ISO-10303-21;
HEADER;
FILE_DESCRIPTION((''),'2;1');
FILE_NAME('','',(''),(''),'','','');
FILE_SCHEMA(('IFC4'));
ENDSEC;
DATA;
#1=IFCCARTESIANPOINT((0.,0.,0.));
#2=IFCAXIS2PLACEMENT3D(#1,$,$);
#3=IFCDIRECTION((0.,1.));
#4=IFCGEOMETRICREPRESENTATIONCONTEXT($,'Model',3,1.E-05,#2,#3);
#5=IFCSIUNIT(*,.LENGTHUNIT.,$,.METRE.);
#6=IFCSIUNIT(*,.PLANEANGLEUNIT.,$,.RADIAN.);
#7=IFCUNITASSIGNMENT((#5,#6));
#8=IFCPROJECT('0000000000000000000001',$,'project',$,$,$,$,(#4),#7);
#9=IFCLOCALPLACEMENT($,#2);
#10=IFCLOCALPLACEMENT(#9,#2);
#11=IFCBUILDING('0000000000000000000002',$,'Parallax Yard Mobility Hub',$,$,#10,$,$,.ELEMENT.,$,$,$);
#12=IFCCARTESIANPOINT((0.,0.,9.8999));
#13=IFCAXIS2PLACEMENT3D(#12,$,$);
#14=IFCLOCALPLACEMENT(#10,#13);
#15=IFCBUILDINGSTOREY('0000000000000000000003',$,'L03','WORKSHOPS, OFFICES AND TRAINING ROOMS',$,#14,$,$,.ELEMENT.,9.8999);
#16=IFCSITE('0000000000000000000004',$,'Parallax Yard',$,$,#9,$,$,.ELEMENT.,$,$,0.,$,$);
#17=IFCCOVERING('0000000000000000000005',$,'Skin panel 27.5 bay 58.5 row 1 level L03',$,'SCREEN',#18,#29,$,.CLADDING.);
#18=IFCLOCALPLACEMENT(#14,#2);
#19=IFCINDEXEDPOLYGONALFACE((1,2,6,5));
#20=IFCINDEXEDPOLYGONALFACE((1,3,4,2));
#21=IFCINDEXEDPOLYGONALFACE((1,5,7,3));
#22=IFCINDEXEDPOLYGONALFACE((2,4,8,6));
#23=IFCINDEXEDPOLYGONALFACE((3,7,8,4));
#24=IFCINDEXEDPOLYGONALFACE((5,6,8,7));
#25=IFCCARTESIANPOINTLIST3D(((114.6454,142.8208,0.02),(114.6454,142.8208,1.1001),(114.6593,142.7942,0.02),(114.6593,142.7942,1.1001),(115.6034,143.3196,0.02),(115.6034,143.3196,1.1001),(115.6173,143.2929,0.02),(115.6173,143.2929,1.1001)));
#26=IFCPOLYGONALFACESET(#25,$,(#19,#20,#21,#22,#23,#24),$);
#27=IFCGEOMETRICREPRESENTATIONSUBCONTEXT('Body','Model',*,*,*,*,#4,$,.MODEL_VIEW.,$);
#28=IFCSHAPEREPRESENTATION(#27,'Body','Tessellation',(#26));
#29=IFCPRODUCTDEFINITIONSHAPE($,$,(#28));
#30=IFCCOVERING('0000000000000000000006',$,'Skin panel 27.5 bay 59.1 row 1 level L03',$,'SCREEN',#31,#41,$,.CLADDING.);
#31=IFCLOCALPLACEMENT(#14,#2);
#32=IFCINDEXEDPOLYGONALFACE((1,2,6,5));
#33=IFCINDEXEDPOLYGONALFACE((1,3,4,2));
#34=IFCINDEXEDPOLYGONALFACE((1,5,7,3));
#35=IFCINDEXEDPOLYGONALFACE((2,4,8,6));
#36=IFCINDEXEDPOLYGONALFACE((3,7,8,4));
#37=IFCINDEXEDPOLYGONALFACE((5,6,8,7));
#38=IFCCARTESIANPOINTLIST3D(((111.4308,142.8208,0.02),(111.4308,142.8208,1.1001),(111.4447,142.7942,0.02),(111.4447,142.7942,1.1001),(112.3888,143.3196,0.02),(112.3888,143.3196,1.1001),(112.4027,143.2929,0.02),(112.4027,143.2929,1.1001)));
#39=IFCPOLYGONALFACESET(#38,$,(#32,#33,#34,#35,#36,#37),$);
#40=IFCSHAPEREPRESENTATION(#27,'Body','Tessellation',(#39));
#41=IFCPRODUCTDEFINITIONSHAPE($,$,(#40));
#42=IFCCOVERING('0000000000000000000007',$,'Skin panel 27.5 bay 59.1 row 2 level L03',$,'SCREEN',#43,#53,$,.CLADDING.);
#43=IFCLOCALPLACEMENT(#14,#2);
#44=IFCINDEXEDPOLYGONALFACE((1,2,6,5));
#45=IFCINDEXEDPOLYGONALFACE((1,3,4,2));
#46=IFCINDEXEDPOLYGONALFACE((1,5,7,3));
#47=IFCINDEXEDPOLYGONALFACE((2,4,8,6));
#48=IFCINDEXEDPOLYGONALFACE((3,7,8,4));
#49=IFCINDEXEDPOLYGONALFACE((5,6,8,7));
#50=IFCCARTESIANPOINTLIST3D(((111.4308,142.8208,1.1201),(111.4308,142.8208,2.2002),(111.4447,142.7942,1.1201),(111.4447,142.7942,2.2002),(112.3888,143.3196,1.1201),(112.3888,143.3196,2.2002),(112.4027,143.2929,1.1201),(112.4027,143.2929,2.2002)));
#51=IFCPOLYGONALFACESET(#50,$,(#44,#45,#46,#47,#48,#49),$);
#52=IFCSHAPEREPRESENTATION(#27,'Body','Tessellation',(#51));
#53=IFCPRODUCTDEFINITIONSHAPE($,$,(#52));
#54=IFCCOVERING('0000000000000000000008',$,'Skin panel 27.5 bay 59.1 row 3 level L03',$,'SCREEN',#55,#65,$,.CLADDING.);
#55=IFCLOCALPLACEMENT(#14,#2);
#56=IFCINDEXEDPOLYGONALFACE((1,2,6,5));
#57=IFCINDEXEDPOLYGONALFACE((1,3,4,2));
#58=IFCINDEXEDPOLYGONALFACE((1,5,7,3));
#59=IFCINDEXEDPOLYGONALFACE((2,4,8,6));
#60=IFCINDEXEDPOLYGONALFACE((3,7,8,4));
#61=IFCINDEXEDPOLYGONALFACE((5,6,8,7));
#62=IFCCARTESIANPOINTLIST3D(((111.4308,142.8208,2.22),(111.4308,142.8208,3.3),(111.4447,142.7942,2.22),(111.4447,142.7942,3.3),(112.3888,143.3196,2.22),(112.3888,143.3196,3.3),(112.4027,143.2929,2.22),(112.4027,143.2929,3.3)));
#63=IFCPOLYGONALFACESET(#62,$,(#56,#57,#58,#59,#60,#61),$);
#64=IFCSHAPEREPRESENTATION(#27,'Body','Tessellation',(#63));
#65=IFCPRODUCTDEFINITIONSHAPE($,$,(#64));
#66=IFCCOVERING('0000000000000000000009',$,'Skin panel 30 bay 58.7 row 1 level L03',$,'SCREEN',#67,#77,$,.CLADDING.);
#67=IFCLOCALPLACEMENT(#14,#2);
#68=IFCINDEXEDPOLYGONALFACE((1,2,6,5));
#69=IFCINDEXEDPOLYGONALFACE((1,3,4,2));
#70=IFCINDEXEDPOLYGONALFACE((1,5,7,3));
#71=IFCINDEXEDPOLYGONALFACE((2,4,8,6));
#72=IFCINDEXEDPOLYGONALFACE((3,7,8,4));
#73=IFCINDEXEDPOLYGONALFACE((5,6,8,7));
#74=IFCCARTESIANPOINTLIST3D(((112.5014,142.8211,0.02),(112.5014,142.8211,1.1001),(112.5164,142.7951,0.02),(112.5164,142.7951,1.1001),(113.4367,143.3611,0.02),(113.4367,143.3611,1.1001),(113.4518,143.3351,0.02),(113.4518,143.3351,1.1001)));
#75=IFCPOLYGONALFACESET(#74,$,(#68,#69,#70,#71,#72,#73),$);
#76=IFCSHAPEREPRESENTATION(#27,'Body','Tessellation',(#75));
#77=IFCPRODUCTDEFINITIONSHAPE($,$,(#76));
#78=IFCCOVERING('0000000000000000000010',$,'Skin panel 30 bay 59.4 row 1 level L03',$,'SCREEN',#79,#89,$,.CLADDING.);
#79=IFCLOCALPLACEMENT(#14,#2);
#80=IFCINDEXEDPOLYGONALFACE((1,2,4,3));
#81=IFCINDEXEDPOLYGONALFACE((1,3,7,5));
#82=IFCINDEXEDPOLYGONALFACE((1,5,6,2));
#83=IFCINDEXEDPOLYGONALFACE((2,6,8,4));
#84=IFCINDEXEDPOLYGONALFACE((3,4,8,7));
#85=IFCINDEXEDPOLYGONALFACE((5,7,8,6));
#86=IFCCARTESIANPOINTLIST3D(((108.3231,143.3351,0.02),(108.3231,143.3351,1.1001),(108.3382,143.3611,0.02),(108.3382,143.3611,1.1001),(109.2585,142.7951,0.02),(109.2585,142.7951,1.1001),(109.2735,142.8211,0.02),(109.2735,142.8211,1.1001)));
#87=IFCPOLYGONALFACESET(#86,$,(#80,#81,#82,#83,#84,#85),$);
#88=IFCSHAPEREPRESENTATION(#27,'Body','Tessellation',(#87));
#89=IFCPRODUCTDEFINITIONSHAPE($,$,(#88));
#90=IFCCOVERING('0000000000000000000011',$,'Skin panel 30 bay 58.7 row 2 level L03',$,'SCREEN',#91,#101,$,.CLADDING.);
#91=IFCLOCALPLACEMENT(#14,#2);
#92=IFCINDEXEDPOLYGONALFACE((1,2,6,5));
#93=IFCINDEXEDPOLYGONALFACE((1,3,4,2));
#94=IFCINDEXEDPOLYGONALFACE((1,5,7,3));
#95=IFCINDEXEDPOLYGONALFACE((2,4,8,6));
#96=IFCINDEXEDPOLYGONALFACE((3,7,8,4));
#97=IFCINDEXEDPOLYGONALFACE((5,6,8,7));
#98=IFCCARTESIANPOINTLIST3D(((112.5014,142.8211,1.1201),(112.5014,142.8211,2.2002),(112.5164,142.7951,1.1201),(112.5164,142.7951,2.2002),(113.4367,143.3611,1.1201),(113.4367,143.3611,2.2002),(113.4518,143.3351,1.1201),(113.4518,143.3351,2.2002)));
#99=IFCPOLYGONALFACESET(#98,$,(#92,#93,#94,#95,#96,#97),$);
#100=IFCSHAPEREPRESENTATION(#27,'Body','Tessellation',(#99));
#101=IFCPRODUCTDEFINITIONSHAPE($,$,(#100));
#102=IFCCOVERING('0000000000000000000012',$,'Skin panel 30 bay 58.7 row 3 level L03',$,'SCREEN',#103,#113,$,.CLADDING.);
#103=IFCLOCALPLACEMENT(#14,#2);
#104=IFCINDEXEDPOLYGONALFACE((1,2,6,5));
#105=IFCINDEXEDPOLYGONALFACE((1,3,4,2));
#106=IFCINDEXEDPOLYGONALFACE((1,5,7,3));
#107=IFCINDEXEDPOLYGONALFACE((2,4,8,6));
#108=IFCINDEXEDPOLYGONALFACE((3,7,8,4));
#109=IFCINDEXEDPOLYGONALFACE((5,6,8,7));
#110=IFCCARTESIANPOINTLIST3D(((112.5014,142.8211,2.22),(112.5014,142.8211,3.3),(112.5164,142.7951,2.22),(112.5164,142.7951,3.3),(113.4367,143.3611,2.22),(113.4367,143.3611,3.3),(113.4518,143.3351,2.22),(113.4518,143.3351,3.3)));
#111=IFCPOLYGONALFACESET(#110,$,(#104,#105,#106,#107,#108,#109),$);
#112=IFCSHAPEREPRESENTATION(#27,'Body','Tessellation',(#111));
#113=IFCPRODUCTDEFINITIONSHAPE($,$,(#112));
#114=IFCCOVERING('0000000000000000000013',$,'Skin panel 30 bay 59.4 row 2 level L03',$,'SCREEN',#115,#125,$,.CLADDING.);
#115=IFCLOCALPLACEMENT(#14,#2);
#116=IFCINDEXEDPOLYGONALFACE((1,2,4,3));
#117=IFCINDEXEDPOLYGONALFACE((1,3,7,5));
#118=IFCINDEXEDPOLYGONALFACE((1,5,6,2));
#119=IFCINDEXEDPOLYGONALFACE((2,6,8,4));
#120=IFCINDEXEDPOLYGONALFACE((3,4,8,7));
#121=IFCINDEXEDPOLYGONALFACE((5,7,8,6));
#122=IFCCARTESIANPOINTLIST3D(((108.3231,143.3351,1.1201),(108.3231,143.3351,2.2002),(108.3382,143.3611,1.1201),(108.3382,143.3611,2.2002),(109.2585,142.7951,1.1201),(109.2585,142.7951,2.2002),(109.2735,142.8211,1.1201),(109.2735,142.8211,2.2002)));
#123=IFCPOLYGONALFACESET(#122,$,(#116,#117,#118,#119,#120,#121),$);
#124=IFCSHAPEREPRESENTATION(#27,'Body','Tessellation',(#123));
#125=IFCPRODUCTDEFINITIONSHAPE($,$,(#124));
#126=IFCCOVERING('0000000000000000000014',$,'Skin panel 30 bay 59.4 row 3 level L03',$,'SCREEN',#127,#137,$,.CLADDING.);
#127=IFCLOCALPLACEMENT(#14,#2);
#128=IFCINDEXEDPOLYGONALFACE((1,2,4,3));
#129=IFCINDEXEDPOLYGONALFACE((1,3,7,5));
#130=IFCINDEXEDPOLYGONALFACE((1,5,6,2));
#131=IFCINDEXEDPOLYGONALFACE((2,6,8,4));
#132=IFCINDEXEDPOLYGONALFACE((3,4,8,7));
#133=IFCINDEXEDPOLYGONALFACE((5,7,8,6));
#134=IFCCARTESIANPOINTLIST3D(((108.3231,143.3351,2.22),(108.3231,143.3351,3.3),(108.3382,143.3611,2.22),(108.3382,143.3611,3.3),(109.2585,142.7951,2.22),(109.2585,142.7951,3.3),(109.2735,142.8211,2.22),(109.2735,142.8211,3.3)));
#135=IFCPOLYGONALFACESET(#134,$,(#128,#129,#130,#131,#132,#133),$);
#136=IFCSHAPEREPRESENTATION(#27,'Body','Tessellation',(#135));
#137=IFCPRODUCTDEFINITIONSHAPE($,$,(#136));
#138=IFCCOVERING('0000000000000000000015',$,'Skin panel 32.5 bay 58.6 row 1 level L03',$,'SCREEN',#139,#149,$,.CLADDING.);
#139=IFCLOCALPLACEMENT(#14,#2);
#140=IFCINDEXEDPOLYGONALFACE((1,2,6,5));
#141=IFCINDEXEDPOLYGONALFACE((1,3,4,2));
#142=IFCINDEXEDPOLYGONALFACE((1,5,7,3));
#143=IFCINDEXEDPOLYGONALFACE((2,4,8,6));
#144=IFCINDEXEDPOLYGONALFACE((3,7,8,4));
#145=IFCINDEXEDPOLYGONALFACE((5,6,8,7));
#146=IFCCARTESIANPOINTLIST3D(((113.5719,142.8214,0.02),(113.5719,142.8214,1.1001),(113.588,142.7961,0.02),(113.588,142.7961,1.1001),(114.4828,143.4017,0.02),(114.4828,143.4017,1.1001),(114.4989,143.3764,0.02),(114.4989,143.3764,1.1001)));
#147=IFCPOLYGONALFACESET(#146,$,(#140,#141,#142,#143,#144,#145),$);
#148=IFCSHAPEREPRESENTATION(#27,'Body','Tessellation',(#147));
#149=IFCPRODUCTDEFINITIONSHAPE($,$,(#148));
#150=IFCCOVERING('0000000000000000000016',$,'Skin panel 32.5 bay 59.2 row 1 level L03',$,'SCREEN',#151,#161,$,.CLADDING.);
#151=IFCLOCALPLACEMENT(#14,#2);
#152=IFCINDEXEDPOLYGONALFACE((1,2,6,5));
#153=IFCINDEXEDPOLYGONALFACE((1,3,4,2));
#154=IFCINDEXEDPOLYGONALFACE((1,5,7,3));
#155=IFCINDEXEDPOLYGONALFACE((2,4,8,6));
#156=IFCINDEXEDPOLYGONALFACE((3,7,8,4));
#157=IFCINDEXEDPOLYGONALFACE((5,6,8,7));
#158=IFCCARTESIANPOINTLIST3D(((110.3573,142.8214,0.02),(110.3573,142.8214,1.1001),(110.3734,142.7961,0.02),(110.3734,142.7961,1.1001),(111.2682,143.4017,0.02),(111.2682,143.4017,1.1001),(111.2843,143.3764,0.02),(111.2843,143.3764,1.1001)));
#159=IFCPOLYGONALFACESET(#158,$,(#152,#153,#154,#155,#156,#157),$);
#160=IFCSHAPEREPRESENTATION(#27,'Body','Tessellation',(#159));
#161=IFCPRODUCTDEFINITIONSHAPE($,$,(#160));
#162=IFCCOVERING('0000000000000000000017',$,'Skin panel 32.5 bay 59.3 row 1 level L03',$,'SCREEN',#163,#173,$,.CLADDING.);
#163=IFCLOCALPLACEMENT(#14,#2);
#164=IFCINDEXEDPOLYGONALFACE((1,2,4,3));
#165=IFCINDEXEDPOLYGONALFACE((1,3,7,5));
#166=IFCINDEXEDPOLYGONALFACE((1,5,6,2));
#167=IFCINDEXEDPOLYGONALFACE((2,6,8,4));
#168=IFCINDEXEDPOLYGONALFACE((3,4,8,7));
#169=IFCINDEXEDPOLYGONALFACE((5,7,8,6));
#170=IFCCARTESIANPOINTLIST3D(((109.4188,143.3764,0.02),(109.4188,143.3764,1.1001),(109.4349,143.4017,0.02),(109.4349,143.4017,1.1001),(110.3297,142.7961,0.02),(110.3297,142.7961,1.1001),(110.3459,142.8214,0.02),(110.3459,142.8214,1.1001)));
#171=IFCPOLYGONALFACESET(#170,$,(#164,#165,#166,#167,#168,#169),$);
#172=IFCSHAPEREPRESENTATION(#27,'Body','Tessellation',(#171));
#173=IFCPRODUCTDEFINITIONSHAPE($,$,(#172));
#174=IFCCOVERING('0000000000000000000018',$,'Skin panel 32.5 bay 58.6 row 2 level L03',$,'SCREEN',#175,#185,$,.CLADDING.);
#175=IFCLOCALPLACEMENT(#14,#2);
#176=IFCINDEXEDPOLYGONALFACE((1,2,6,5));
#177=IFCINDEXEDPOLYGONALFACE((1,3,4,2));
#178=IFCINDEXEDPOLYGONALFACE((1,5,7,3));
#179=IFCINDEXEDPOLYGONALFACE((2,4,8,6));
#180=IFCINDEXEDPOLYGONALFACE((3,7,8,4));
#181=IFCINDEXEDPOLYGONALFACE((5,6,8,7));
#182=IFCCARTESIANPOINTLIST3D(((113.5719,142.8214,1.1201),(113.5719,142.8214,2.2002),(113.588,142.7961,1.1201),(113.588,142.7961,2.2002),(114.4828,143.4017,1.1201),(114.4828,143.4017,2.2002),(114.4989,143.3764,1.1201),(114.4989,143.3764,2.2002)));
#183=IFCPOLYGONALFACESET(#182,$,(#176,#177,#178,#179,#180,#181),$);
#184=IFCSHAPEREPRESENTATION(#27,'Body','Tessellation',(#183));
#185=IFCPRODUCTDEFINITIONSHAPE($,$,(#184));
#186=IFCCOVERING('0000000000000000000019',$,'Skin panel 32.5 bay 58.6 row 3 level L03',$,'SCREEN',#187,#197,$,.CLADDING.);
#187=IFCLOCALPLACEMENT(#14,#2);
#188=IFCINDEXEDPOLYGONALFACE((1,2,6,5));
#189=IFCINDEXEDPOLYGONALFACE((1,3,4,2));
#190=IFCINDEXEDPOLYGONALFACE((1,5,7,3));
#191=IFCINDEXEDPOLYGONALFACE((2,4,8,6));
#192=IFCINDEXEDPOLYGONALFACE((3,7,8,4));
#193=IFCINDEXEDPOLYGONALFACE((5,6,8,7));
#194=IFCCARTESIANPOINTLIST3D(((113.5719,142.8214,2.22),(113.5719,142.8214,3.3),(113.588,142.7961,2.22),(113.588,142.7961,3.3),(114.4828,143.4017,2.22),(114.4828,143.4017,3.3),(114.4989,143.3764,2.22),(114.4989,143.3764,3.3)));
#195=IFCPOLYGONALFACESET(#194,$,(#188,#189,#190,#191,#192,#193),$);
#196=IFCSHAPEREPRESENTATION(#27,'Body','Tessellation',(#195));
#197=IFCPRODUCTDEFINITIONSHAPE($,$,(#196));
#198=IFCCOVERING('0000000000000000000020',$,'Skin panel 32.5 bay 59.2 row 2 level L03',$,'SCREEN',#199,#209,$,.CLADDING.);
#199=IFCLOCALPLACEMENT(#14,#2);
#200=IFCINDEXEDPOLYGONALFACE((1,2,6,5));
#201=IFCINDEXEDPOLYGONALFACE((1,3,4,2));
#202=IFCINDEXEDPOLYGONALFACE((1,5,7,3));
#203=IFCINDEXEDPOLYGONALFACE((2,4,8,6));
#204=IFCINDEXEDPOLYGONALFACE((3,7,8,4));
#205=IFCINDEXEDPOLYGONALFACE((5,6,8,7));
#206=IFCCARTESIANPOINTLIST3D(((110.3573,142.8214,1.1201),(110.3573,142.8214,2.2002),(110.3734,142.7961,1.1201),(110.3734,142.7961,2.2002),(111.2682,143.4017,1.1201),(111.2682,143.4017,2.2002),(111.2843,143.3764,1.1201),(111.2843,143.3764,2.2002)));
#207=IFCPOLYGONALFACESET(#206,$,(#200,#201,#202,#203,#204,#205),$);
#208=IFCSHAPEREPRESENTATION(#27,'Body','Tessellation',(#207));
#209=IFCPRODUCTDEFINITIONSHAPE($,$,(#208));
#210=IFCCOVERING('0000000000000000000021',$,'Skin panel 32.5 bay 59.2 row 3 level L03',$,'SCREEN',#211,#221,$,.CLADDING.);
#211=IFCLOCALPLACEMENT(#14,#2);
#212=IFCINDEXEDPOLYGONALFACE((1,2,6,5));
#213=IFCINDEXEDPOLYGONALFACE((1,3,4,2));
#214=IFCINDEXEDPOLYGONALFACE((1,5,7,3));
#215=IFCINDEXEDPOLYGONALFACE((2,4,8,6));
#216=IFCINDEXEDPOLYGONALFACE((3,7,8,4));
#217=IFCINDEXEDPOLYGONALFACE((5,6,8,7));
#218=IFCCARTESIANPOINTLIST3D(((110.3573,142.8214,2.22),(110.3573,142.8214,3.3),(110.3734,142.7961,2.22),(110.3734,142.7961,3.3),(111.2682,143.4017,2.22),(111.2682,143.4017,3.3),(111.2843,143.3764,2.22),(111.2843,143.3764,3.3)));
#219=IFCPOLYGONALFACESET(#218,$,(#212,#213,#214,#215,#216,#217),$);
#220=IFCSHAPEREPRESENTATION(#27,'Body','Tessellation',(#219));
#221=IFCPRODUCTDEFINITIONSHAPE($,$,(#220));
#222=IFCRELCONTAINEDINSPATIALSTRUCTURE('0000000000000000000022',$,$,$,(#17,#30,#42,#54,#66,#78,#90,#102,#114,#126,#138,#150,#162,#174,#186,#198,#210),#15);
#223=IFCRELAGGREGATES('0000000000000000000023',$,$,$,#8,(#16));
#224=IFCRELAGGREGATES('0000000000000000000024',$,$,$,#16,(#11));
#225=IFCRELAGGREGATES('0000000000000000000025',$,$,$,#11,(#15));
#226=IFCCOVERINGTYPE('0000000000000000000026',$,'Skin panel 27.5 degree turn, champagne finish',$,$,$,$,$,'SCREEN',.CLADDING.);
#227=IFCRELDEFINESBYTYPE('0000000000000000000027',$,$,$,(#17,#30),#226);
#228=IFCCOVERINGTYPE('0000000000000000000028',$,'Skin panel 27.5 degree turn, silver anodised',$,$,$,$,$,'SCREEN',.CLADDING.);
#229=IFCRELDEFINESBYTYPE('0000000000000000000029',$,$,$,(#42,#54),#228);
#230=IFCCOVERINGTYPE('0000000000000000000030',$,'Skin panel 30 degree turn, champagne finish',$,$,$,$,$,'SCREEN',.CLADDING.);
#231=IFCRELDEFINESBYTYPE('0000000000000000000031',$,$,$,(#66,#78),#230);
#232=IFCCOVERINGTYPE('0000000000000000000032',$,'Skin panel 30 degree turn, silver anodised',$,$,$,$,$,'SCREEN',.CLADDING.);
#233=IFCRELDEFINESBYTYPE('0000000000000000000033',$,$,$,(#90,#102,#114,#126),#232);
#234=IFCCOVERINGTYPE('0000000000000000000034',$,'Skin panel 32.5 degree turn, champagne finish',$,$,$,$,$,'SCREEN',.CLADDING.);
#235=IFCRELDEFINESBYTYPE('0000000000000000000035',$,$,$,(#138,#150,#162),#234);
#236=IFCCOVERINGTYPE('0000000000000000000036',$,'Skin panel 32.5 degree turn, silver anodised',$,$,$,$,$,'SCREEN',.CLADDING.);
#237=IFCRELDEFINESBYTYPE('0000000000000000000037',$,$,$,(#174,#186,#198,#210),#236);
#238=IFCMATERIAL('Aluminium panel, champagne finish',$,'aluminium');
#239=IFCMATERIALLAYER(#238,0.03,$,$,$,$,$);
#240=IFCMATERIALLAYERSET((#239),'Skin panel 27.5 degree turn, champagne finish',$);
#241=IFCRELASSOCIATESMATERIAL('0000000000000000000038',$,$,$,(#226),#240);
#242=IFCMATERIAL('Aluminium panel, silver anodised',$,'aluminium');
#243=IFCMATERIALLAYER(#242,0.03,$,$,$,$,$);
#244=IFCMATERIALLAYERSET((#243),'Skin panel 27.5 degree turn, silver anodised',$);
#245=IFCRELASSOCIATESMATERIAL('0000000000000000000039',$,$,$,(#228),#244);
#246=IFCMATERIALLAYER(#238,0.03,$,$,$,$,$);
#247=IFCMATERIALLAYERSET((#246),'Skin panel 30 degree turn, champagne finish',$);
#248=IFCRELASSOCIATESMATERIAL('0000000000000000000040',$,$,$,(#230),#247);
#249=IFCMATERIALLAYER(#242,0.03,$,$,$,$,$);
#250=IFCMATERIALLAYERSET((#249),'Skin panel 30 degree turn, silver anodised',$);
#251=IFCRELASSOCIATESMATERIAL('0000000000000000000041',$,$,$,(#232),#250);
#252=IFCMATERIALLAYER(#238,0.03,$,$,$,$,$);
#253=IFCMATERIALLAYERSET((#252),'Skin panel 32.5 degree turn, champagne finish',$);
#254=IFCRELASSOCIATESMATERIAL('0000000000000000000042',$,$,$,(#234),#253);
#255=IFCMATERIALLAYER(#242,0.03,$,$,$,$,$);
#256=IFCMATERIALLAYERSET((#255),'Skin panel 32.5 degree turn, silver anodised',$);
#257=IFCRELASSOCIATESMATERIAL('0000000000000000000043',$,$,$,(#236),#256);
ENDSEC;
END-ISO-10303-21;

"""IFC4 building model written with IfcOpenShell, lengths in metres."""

from ifc_helpers import new_model, si_unit, direction, frame, origin, origin_2d, place, context, subcontext, project, spatial, rectangle, extrude, material, layer, layer_set, type_object, element, save


model = new_model("IFC4")

# Units and contexts
model_context = context("Model", 3, precision=1e-05, world=origin(), true_north=direction((0.0, 1.0)))
body_context = subcontext(model_context, "Body", "Model", "MODEL_VIEW")
ifc_project = project(units=[si_unit("LENGTHUNIT", "METRE"), si_unit("PLANEANGLEUNIT", "RADIAN")], contexts=[model_context])

# Site, building, storey
site_placement = place(None, origin())
site = spatial("IfcSite", under=ifc_project, at=site_placement, Name="Parallax Yard", CompositionType="ELEMENT", RefElevation=0.0)
building_placement = place(site_placement, origin())
building = spatial("IfcBuilding", under=site, at=building_placement, Name="Parallax Yard Mobility Hub", CompositionType="ELEMENT")
storey_placement = place(building_placement, frame((0.0, 0.0, 9.8999)))
storey = spatial("IfcBuildingStorey", under=building, at=storey_placement, Name="L03", Description="WORKSHOPS, OFFICES AND TRAINING ROOMS", CompositionType="ELEMENT", Elevation=9.8999)

# Coverings
ifc_material_1 = material(Name="Aluminium panel, champagne finish", Category="aluminium")
ifc_layer_1 = layer(ifc_material_1, 0.03)
ifc_layer_set_1 = layer_set([ifc_layer_1], Name="Skin panel 27.5 degree turn, champagne finish")
covering_type_1 = type_object("IfcCoveringType", Name="Skin panel 27.5 degree turn, champagne finish", ElementType="SCREEN", PredefinedType="CLADDING", material=ifc_layer_set_1)
for number, where, z_axis, x_axis, name in (
    (1, (115.1313, 143.0569, 0.02), (0.0, 0.0, 1.0), (0.887011, 0.461749, 0.0), "Skin panel 27.5 bay 58.5 row 1 level L03"),
    (2, (111.9167, 143.0569, 0.02), (0.0, 0.0, 1.0), (0.887011, 0.461749, 0.0), "Skin panel 27.5 bay 59.1 row 1 level L03"),
):
    element("IfcCovering", number, at=place(storey_placement, frame(where, z_axis=z_axis, x_axis=x_axis)), inside=storey, type_object=covering_type_1, Name=name, ObjectType="SCREEN", PredefinedType="CLADDING", context=body_context, shape_type="SweptSolid", body=[
        extrude(rectangle(XDim=1.0801, YDim=0.03, at=origin_2d()), origin(), (0.0, 0.0, 1.0), 1.0801),
    ])
ifc_material_2 = material(Name="Aluminium panel, silver anodised", Category="aluminium")
ifc_layer_2 = layer(ifc_material_2, 0.03)
ifc_layer_set_2 = layer_set([ifc_layer_2], Name="Skin panel 27.5 degree turn, silver anodised")
covering_type_2 = type_object("IfcCoveringType", Name="Skin panel 27.5 degree turn, silver anodised", ElementType="SCREEN", PredefinedType="CLADDING", material=ifc_layer_set_2)
for number, where, z_axis, x_axis, name in (
    (3, (111.9167, 143.0569, 1.1201), (0.0, 0.0, 1.0), (0.887011, 0.461749, 0.0), "Skin panel 27.5 bay 59.1 row 2 level L03"),
    (4, (111.9167, 143.0569, 2.22), (0.0, 0.0, 1.0), (0.887011, 0.461749, 0.0), "Skin panel 27.5 bay 59.1 row 3 level L03"),
):
    element("IfcCovering", number, at=place(storey_placement, frame(where, z_axis=z_axis, x_axis=x_axis)), inside=storey, type_object=covering_type_2, Name=name, ObjectType="SCREEN", PredefinedType="CLADDING", context=body_context, shape_type="SweptSolid", body=[
        extrude(rectangle(XDim=1.0801, YDim=0.03, at=origin_2d()), origin(), (0.0, 0.0, 1.0), 1.0801),
    ])
ifc_layer_3 = layer(ifc_material_1, 0.03)
ifc_layer_set_3 = layer_set([ifc_layer_3], Name="Skin panel 30 degree turn, champagne finish")
covering_type_3 = type_object("IfcCoveringType", Name="Skin panel 30 degree turn, champagne finish", ElementType="SCREEN", PredefinedType="CLADDING", material=ifc_layer_set_3)
for number, where, z_axis, x_axis, name in (
    (5, (112.9766, 143.0781, 0.02), (0.0, 0.0, 1.0), (0.866025, 0.5, 0.0), "Skin panel 30 bay 58.7 row 1 level L03"),
    (6, (108.7983, 143.0781, 0.02), (0.0, 0.0, 1.0), (-0.866025, 0.5, 0.0), "Skin panel 30 bay 59.4 row 1 level L03"),
):
    element("IfcCovering", number, at=place(storey_placement, frame(where, z_axis=z_axis, x_axis=x_axis)), inside=storey, type_object=covering_type_3, Name=name, ObjectType="SCREEN", PredefinedType="CLADDING", context=body_context, shape_type="SweptSolid", body=[
        extrude(rectangle(XDim=1.0801, YDim=0.03, at=origin_2d()), origin(), (0.0, 0.0, 1.0), 1.0801),
    ])
ifc_layer_4 = layer(ifc_material_2, 0.03)
ifc_layer_set_4 = layer_set([ifc_layer_4], Name="Skin panel 30 degree turn, silver anodised")
covering_type_4 = type_object("IfcCoveringType", Name="Skin panel 30 degree turn, silver anodised", ElementType="SCREEN", PredefinedType="CLADDING", material=ifc_layer_set_4)
for number, where, z_axis, x_axis, name in (
    (7, (112.9766, 143.0781, 1.1201), (0.0, 0.0, 1.0), (0.866025, 0.5, 0.0), "Skin panel 30 bay 58.7 row 2 level L03"),
    (8, (112.9766, 143.0781, 2.22), (0.0, 0.0, 1.0), (0.866025, 0.5, 0.0), "Skin panel 30 bay 58.7 row 3 level L03"),
    (9, (108.7983, 143.0781, 1.1201), (0.0, 0.0, 1.0), (-0.866025, 0.5, 0.0), "Skin panel 30 bay 59.4 row 2 level L03"),
    (10, (108.7983, 143.0781, 2.22), (0.0, 0.0, 1.0), (-0.866025, 0.5, 0.0), "Skin panel 30 bay 59.4 row 3 level L03"),
):
    element("IfcCovering", number, at=place(storey_placement, frame(where, z_axis=z_axis, x_axis=x_axis)), inside=storey, type_object=covering_type_4, Name=name, ObjectType="SCREEN", PredefinedType="CLADDING", context=body_context, shape_type="SweptSolid", body=[
        extrude(rectangle(XDim=1.0801, YDim=0.03, at=origin_2d()), origin(), (0.0, 0.0, 1.0), 1.0801),
    ])
ifc_layer_5 = layer(ifc_material_1, 0.03)
ifc_layer_set_5 = layer_set([ifc_layer_5], Name="Skin panel 32.5 degree turn, champagne finish")
covering_type_5 = type_object("IfcCoveringType", Name="Skin panel 32.5 degree turn, champagne finish", ElementType="SCREEN", PredefinedType="CLADDING", material=ifc_layer_set_5)
for number, where, z_axis, x_axis, name in (
    (11, (114.0354, 143.0989, 0.02), (0.0, 0.0, 1.0), (0.843391, 0.5373, 0.0), "Skin panel 32.5 bay 58.6 row 1 level L03"),
    (12, (110.8208, 143.0989, 0.02), (0.0, 0.0, 1.0), (0.843391, 0.5373, 0.0), "Skin panel 32.5 bay 59.2 row 1 level L03"),
    (13, (109.8823, 143.0989, 0.02), (0.0, 0.0, 1.0), (-0.843391, 0.5373, 0.0), "Skin panel 32.5 bay 59.3 row 1 level L03"),
):
    element("IfcCovering", number, at=place(storey_placement, frame(where, z_axis=z_axis, x_axis=x_axis)), inside=storey, type_object=covering_type_5, Name=name, ObjectType="SCREEN", PredefinedType="CLADDING", context=body_context, shape_type="SweptSolid", body=[
        extrude(rectangle(XDim=1.0801, YDim=0.03, at=origin_2d()), origin(), (0.0, 0.0, 1.0), 1.0801),
    ])
ifc_layer_6 = layer(ifc_material_2, 0.03)
ifc_layer_set_6 = layer_set([ifc_layer_6], Name="Skin panel 32.5 degree turn, silver anodised")
covering_type_6 = type_object("IfcCoveringType", Name="Skin panel 32.5 degree turn, silver anodised", ElementType="SCREEN", PredefinedType="CLADDING", material=ifc_layer_set_6)
for number, where, z_axis, x_axis, name in (
    (14, (114.0354, 143.0989, 1.1201), (0.0, 0.0, 1.0), (0.843391, 0.5373, 0.0), "Skin panel 32.5 bay 58.6 row 2 level L03"),
    (15, (114.0354, 143.0989, 2.22), (0.0, 0.0, 1.0), (0.843391, 0.5373, 0.0), "Skin panel 32.5 bay 58.6 row 3 level L03"),
    (16, (110.8208, 143.0989, 1.1201), (0.0, 0.0, 1.0), (0.843391, 0.5373, 0.0), "Skin panel 32.5 bay 59.2 row 2 level L03"),
    (17, (110.8208, 143.0989, 2.22), (0.0, 0.0, 1.0), (0.843391, 0.5373, 0.0), "Skin panel 32.5 bay 59.2 row 3 level L03"),
):
    element("IfcCovering", number, at=place(storey_placement, frame(where, z_axis=z_axis, x_axis=x_axis)), inside=storey, type_object=covering_type_6, Name=name, ObjectType="SCREEN", PredefinedType="CLADDING", context=body_context, shape_type="SweptSolid", body=[
        extrude(rectangle(XDim=1.0801, YDim=0.03, at=origin_2d()), origin(), (0.0, 0.0, 1.0), 1.0801),
    ])

save(model, "model.ifc")
